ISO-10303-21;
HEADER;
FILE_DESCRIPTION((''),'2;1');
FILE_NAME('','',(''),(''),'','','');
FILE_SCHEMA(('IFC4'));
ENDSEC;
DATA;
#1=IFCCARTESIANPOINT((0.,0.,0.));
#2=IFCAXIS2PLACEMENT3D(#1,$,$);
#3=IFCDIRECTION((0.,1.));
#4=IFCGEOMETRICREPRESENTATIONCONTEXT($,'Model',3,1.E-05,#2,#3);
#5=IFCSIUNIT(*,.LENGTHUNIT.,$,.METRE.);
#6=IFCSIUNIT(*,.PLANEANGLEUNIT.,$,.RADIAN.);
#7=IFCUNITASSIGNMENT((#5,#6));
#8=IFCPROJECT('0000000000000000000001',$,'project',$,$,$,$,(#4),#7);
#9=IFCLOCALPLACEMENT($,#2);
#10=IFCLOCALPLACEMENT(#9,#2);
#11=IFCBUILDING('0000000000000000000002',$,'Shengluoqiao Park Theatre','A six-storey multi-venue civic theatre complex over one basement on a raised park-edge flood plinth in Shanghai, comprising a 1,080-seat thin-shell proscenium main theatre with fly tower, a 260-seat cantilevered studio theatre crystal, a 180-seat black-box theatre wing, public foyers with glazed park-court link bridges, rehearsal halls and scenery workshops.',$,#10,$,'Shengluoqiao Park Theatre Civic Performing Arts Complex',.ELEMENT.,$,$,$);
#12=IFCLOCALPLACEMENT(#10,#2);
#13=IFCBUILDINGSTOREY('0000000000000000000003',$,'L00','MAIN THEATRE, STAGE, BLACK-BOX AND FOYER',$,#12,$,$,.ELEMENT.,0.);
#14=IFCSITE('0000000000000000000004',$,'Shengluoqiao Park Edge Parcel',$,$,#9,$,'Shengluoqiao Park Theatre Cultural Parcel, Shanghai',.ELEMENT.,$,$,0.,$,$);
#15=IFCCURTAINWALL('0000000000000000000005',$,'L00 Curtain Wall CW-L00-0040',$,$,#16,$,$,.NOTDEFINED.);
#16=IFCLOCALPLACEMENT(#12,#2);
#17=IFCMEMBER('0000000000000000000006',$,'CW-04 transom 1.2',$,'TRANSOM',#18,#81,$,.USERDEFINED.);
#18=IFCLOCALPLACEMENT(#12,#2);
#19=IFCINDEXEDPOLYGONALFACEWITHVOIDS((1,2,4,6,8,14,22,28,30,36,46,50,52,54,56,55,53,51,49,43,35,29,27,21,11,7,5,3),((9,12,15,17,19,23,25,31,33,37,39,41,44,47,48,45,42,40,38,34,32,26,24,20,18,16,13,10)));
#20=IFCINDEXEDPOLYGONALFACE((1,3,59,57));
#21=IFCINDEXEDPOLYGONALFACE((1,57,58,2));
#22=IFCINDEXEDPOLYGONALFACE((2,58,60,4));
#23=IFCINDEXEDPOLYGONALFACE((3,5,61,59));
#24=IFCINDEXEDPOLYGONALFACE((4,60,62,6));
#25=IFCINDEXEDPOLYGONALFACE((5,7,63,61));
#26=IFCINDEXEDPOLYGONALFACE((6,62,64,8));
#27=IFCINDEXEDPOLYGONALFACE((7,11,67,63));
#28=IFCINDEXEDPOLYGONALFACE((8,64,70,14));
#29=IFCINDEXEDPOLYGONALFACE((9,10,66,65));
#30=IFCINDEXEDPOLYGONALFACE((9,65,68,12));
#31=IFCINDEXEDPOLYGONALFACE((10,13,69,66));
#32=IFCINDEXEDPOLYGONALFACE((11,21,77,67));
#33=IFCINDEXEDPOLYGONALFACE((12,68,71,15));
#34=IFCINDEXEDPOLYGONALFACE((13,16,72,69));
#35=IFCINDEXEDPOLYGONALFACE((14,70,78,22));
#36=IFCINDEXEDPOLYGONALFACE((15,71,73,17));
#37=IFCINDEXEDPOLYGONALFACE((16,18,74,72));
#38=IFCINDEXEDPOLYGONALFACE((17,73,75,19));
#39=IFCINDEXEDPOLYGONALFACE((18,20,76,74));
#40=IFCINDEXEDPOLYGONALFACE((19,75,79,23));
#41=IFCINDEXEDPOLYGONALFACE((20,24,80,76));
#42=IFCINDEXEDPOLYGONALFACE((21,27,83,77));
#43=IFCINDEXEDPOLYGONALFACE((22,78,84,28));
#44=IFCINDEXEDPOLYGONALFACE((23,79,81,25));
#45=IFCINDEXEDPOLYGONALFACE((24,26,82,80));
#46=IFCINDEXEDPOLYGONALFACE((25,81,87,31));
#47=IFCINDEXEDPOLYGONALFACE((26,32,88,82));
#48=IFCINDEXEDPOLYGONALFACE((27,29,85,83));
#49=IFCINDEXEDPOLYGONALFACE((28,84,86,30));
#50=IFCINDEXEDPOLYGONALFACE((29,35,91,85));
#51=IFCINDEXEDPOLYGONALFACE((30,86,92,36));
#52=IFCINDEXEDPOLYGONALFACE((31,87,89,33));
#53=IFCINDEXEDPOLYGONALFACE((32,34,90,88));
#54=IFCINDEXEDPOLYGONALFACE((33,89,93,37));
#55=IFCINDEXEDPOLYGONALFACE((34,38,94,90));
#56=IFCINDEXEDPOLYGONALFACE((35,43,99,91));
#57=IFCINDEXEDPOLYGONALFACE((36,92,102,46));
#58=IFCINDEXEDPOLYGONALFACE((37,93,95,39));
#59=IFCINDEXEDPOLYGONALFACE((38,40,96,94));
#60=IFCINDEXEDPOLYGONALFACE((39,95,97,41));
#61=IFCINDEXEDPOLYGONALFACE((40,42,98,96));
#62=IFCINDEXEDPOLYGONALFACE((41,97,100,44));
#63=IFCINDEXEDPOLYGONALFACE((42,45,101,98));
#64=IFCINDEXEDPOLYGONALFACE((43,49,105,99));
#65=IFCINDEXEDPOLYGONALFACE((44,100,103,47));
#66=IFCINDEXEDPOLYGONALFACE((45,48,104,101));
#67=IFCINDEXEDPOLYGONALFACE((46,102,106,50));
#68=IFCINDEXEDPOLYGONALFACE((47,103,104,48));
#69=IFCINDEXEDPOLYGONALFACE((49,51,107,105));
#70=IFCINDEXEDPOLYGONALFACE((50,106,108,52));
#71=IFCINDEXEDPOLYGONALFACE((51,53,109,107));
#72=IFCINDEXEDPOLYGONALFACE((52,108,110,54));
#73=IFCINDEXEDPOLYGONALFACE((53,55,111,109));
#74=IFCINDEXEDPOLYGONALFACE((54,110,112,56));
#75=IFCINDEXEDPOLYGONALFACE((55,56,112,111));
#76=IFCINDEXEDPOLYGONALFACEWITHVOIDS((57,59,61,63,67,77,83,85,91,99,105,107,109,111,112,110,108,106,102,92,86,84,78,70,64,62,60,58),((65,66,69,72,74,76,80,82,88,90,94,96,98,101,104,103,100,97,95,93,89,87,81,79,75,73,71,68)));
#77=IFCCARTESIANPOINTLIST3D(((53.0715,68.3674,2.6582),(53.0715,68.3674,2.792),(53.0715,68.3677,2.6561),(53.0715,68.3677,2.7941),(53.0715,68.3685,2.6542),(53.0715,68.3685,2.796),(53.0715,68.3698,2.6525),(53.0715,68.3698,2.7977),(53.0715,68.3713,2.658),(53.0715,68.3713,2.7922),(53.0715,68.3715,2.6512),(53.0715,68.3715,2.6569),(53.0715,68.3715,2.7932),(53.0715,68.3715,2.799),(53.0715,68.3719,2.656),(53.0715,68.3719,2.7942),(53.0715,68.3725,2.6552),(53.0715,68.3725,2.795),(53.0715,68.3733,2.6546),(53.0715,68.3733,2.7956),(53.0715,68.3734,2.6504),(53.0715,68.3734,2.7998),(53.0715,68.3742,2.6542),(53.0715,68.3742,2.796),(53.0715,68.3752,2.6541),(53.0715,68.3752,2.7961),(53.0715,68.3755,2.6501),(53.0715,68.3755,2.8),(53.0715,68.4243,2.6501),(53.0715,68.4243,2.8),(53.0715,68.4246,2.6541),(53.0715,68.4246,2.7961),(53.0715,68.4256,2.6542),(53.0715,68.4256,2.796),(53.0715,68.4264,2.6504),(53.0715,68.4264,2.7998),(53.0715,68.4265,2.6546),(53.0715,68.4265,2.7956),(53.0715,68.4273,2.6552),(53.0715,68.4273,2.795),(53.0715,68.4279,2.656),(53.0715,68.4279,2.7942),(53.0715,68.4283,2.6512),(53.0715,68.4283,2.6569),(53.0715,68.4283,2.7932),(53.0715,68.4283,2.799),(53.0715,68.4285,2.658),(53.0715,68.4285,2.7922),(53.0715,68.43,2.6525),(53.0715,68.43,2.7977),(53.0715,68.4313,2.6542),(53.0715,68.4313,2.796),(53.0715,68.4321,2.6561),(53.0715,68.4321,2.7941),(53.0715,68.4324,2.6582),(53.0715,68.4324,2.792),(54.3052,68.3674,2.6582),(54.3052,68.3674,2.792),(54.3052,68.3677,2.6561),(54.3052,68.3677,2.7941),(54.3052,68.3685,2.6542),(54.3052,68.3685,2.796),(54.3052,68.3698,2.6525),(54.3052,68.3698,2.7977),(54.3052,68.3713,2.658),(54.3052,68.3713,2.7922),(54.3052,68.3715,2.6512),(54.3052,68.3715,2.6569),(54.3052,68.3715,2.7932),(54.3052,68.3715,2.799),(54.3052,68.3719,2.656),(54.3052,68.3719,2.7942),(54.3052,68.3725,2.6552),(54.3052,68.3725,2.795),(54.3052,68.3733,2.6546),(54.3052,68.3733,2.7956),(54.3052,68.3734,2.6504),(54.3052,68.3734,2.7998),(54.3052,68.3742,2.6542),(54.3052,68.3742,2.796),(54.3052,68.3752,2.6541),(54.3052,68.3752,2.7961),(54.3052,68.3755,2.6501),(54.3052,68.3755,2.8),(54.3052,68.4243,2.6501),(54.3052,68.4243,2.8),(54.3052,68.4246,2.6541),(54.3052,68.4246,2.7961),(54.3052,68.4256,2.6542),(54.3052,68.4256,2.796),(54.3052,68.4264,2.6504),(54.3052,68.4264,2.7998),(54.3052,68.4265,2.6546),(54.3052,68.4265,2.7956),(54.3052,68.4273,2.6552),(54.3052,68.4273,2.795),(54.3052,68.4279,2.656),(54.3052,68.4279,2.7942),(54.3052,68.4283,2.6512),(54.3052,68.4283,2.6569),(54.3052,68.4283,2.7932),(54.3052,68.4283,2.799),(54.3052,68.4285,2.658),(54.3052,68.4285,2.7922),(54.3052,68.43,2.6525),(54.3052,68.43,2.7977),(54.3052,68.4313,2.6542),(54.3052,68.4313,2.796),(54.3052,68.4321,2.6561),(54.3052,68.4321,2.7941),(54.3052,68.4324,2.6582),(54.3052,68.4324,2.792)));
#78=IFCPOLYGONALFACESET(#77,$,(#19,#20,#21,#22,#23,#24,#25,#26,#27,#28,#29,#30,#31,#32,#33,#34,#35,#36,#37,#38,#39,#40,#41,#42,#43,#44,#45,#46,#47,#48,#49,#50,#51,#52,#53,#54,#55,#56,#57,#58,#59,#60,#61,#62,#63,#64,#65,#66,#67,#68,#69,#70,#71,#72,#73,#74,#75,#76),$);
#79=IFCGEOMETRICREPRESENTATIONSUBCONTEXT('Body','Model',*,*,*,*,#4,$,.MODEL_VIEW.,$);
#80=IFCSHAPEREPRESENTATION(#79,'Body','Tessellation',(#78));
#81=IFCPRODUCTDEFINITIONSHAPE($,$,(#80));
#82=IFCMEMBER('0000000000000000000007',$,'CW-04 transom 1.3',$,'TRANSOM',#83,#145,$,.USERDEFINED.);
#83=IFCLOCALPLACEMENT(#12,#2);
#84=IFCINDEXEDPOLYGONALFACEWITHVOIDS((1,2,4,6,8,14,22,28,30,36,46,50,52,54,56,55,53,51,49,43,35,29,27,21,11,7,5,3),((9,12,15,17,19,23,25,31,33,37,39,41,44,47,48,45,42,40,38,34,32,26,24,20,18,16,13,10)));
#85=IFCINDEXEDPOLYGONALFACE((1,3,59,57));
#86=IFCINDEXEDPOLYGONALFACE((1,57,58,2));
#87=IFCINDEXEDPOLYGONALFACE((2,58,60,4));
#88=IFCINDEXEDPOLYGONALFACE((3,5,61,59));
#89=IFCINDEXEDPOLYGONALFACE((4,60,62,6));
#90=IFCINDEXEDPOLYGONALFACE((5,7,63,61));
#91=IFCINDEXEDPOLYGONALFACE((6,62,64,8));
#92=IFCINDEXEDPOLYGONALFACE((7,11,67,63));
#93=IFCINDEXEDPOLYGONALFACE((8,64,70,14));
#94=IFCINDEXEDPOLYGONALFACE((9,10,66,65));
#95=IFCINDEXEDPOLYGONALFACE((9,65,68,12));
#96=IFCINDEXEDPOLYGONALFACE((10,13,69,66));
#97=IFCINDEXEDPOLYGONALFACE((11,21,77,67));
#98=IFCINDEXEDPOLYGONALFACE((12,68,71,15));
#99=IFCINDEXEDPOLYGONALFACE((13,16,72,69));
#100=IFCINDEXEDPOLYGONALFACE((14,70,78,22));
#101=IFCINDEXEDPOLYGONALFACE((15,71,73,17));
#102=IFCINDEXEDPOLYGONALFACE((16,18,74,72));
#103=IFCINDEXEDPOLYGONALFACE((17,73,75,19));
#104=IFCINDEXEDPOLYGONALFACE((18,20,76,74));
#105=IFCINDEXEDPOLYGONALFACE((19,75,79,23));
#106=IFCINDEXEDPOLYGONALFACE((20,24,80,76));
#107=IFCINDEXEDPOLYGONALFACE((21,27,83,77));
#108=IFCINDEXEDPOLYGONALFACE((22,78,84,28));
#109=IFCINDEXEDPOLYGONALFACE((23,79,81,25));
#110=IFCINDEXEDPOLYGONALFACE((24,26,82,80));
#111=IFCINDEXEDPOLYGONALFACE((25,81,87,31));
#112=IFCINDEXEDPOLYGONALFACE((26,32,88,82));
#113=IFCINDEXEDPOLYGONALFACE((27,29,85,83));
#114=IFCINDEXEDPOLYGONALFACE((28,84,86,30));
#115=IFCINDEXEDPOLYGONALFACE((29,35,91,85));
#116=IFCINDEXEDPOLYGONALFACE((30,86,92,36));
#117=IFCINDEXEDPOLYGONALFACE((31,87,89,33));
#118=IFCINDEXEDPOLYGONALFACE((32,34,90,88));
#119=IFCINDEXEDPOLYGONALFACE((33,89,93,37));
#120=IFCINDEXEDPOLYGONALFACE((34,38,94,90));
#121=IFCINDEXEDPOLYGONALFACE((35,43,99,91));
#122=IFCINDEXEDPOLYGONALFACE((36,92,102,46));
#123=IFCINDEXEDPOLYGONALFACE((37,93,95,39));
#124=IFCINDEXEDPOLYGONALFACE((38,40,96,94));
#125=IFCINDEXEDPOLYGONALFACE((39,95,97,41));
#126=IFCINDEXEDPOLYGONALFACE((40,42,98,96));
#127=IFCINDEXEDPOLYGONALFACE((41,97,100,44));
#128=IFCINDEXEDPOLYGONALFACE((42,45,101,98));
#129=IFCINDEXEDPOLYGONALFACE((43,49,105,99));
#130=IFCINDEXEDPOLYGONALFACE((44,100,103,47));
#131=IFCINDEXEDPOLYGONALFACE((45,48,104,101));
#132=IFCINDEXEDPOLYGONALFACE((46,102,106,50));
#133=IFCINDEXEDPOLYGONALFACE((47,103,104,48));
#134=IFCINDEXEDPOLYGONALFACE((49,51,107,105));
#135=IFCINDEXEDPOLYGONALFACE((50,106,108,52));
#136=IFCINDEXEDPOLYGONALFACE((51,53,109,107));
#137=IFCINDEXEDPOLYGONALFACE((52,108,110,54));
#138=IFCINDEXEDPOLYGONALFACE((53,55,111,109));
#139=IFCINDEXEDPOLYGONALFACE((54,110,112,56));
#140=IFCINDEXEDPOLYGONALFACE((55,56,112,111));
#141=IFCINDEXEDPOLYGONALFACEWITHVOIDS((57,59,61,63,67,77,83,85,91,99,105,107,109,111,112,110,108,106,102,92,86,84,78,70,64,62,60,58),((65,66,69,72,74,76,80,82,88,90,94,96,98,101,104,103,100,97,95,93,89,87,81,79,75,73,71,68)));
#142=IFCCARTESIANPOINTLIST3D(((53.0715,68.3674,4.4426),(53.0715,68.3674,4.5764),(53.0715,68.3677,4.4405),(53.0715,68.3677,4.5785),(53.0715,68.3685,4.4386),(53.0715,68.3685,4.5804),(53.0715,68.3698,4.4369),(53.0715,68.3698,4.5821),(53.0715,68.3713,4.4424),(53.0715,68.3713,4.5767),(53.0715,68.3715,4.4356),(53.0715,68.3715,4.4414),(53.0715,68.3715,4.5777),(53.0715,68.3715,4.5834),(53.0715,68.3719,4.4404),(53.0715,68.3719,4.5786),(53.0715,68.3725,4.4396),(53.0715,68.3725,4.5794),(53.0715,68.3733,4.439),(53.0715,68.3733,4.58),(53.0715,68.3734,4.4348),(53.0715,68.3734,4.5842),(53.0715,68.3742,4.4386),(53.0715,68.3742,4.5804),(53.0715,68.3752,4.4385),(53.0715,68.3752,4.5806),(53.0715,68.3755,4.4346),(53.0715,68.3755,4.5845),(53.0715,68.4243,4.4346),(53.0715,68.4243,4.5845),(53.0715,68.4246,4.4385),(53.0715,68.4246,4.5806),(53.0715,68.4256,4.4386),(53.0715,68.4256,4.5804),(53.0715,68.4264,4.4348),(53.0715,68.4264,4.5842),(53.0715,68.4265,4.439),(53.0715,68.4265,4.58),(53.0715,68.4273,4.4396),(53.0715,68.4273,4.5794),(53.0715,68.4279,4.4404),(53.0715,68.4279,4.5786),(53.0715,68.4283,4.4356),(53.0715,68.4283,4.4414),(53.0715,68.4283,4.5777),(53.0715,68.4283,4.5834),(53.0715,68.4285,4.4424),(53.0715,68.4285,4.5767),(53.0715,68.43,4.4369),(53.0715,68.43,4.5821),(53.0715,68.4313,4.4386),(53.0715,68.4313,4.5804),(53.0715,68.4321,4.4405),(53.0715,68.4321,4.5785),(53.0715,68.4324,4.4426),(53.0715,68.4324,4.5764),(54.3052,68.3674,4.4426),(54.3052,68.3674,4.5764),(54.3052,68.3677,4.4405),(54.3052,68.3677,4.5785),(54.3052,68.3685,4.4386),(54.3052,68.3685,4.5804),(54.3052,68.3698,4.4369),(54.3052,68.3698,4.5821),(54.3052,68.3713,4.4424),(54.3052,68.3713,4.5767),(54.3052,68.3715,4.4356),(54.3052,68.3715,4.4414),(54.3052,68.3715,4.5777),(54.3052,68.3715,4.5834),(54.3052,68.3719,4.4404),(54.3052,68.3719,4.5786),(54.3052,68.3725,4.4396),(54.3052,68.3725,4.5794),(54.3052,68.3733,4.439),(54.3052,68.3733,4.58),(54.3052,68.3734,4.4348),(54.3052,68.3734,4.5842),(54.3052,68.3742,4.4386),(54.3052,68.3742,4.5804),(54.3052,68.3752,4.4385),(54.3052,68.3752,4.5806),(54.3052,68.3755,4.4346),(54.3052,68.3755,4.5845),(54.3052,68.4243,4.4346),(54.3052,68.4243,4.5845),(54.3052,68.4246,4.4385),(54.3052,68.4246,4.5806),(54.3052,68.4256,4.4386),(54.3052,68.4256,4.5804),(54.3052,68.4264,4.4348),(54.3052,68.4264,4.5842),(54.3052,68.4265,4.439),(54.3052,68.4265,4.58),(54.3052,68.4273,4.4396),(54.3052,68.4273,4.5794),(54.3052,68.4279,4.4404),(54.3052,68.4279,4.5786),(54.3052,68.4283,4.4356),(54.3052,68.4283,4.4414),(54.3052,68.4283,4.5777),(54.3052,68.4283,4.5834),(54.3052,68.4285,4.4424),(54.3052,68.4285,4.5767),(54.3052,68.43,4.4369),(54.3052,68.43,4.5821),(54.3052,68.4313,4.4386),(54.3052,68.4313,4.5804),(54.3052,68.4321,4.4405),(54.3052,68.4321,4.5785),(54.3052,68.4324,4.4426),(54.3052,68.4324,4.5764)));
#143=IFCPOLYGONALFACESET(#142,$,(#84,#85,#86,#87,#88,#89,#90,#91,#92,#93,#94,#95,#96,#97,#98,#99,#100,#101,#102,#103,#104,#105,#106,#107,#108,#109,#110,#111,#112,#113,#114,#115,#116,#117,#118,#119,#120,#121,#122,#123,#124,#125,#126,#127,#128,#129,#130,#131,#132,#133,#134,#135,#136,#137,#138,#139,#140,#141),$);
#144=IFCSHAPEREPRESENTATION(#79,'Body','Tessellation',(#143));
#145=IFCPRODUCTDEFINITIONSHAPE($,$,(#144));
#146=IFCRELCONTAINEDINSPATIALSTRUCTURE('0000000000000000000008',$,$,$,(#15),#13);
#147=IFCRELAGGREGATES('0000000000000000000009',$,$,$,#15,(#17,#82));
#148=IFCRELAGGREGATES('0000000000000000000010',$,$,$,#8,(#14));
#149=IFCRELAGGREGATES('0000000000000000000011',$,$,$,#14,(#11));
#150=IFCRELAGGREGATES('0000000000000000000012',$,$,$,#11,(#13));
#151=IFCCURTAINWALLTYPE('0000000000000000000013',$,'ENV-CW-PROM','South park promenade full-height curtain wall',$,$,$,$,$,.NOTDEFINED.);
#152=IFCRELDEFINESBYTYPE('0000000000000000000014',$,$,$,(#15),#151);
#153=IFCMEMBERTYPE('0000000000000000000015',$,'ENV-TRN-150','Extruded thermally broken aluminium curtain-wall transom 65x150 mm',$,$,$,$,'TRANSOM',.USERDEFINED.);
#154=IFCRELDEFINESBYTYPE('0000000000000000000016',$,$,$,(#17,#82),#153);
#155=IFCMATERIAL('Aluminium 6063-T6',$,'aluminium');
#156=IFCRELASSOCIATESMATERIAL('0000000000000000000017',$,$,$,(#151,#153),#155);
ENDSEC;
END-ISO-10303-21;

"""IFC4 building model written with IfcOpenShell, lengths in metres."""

from ifc_helpers import new_model, si_unit, direction, frame, origin, origin_2d, place, context, subcontext, project, spatial, hollow_rectangle, extrude, material, material_profile, profile_set, type_object, element, aggregate, save


model = new_model("IFC4")

# Units and contexts
model_context = context("Model", 3, precision=1e-05, world=origin(), true_north=direction((0.0, 1.0)))
body_context = subcontext(model_context, "Body", "Model", "MODEL_VIEW")
ifc_project = project(units=[si_unit("LENGTHUNIT", "METRE"), si_unit("PLANEANGLEUNIT", "RADIAN")], contexts=[model_context])

# Site, building, storey
site_placement = place(None, origin())
site = spatial("IfcSite", under=ifc_project, at=site_placement, Name="Shengluoqiao Park Edge Parcel", LongName="Shengluoqiao Park Theatre Cultural Parcel, Shanghai", CompositionType="ELEMENT", RefElevation=0.0)
building_placement = place(site_placement, origin())
building = spatial("IfcBuilding", under=site, at=building_placement, Name="Shengluoqiao Park Theatre", Description="A six-storey multi-venue civic theatre complex over one basement on a raised park-edge flood plinth in Shanghai, comprising a 1,080-seat thin-shell proscenium main theatre with fly tower, a 260-seat cantilevered studio theatre crystal, a 180-seat black-box theatre wing, public foyers with glazed park-court link bridges, rehearsal halls and scenery workshops.", LongName="Shengluoqiao Park Theatre Civic Performing Arts Complex", CompositionType="ELEMENT")
storey_placement = place(building_placement, origin())
storey = spatial("IfcBuildingStorey", under=building, at=storey_placement, Name="L00", Description="MAIN THEATRE, STAGE, BLACK-BOX AND FOYER", CompositionType="ELEMENT", Elevation=0.0)

# Curtain wall, members
ifc_material_1 = material(Name="Aluminium 6063-T6", Category="aluminium")
curtain_wall_type = type_object("IfcCurtainWallType", Name="ENV-CW-PROM", Description="South park promenade full-height curtain wall", PredefinedType="NOTDEFINED", material=ifc_material_1)
curtain_wall_placement = place(storey_placement, origin())
curtain_wall = element("IfcCurtainWall", 1, at=curtain_wall_placement, inside=storey, type_object=curtain_wall_type, Name="L00 Curtain Wall CW-L00-0040", PredefinedType="NOTDEFINED")
ifc_material_profile_1 = material_profile(ifc_material_1, hollow_rectangle(XDim=0.0649, YDim=0.1499, WallThickness=0.0039, InnerFilletRadius=0.0039, OuterFilletRadius=0.0081, at=origin_2d()), Name="ALU TRANSOM 150x65x4")
ifc_profile_set_1 = profile_set([ifc_material_profile_1], Name="Aluminium 6063-T6")
member_type_1 = type_object("IfcMemberType", Name="ENV-TRN-150", Description="Extruded thermally broken aluminium curtain-wall transom 65x150 mm", ElementType="TRANSOM", PredefinedType="USERDEFINED", material=ifc_profile_set_1)
member_1_placement = place(storey_placement, frame((53.0715, 68.3999, 2.7251), z_axis=(1.0, 0.0, 0.0), x_axis=(0.0, 1.0, 0.0)))
member_1 = element("IfcMember", 2, at=member_1_placement, type_object=member_type_1, Name="CW-04 transom 1.2", ObjectType="TRANSOM", PredefinedType="USERDEFINED", context=body_context, shape_type="SweptSolid", body=[
    extrude(hollow_rectangle(XDim=0.0649, YDim=0.1499, WallThickness=0.0039, InnerFilletRadius=0.0039, OuterFilletRadius=0.0081, at=origin_2d()), origin(), (0.0, 0.0, 1.0), 1.2336),
])
member_2_placement = place(storey_placement, frame((53.0715, 68.3999, 4.5095), z_axis=(1.0, 0.0, 0.0), x_axis=(0.0, 1.0, 0.0)))
member_2 = element("IfcMember", 3, at=member_2_placement, type_object=member_type_1, Name="CW-04 transom 1.3", ObjectType="TRANSOM", PredefinedType="USERDEFINED", context=body_context, shape_type="SweptSolid", body=[
    extrude(hollow_rectangle(XDim=0.0649, YDim=0.1499, WallThickness=0.0039, InnerFilletRadius=0.0039, OuterFilletRadius=0.0081, at=origin_2d()), origin(), (0.0, 0.0, 1.0), 1.2336),
])
aggregate(curtain_wall, [member_1, member_2])

save(model, "model.ifc")
